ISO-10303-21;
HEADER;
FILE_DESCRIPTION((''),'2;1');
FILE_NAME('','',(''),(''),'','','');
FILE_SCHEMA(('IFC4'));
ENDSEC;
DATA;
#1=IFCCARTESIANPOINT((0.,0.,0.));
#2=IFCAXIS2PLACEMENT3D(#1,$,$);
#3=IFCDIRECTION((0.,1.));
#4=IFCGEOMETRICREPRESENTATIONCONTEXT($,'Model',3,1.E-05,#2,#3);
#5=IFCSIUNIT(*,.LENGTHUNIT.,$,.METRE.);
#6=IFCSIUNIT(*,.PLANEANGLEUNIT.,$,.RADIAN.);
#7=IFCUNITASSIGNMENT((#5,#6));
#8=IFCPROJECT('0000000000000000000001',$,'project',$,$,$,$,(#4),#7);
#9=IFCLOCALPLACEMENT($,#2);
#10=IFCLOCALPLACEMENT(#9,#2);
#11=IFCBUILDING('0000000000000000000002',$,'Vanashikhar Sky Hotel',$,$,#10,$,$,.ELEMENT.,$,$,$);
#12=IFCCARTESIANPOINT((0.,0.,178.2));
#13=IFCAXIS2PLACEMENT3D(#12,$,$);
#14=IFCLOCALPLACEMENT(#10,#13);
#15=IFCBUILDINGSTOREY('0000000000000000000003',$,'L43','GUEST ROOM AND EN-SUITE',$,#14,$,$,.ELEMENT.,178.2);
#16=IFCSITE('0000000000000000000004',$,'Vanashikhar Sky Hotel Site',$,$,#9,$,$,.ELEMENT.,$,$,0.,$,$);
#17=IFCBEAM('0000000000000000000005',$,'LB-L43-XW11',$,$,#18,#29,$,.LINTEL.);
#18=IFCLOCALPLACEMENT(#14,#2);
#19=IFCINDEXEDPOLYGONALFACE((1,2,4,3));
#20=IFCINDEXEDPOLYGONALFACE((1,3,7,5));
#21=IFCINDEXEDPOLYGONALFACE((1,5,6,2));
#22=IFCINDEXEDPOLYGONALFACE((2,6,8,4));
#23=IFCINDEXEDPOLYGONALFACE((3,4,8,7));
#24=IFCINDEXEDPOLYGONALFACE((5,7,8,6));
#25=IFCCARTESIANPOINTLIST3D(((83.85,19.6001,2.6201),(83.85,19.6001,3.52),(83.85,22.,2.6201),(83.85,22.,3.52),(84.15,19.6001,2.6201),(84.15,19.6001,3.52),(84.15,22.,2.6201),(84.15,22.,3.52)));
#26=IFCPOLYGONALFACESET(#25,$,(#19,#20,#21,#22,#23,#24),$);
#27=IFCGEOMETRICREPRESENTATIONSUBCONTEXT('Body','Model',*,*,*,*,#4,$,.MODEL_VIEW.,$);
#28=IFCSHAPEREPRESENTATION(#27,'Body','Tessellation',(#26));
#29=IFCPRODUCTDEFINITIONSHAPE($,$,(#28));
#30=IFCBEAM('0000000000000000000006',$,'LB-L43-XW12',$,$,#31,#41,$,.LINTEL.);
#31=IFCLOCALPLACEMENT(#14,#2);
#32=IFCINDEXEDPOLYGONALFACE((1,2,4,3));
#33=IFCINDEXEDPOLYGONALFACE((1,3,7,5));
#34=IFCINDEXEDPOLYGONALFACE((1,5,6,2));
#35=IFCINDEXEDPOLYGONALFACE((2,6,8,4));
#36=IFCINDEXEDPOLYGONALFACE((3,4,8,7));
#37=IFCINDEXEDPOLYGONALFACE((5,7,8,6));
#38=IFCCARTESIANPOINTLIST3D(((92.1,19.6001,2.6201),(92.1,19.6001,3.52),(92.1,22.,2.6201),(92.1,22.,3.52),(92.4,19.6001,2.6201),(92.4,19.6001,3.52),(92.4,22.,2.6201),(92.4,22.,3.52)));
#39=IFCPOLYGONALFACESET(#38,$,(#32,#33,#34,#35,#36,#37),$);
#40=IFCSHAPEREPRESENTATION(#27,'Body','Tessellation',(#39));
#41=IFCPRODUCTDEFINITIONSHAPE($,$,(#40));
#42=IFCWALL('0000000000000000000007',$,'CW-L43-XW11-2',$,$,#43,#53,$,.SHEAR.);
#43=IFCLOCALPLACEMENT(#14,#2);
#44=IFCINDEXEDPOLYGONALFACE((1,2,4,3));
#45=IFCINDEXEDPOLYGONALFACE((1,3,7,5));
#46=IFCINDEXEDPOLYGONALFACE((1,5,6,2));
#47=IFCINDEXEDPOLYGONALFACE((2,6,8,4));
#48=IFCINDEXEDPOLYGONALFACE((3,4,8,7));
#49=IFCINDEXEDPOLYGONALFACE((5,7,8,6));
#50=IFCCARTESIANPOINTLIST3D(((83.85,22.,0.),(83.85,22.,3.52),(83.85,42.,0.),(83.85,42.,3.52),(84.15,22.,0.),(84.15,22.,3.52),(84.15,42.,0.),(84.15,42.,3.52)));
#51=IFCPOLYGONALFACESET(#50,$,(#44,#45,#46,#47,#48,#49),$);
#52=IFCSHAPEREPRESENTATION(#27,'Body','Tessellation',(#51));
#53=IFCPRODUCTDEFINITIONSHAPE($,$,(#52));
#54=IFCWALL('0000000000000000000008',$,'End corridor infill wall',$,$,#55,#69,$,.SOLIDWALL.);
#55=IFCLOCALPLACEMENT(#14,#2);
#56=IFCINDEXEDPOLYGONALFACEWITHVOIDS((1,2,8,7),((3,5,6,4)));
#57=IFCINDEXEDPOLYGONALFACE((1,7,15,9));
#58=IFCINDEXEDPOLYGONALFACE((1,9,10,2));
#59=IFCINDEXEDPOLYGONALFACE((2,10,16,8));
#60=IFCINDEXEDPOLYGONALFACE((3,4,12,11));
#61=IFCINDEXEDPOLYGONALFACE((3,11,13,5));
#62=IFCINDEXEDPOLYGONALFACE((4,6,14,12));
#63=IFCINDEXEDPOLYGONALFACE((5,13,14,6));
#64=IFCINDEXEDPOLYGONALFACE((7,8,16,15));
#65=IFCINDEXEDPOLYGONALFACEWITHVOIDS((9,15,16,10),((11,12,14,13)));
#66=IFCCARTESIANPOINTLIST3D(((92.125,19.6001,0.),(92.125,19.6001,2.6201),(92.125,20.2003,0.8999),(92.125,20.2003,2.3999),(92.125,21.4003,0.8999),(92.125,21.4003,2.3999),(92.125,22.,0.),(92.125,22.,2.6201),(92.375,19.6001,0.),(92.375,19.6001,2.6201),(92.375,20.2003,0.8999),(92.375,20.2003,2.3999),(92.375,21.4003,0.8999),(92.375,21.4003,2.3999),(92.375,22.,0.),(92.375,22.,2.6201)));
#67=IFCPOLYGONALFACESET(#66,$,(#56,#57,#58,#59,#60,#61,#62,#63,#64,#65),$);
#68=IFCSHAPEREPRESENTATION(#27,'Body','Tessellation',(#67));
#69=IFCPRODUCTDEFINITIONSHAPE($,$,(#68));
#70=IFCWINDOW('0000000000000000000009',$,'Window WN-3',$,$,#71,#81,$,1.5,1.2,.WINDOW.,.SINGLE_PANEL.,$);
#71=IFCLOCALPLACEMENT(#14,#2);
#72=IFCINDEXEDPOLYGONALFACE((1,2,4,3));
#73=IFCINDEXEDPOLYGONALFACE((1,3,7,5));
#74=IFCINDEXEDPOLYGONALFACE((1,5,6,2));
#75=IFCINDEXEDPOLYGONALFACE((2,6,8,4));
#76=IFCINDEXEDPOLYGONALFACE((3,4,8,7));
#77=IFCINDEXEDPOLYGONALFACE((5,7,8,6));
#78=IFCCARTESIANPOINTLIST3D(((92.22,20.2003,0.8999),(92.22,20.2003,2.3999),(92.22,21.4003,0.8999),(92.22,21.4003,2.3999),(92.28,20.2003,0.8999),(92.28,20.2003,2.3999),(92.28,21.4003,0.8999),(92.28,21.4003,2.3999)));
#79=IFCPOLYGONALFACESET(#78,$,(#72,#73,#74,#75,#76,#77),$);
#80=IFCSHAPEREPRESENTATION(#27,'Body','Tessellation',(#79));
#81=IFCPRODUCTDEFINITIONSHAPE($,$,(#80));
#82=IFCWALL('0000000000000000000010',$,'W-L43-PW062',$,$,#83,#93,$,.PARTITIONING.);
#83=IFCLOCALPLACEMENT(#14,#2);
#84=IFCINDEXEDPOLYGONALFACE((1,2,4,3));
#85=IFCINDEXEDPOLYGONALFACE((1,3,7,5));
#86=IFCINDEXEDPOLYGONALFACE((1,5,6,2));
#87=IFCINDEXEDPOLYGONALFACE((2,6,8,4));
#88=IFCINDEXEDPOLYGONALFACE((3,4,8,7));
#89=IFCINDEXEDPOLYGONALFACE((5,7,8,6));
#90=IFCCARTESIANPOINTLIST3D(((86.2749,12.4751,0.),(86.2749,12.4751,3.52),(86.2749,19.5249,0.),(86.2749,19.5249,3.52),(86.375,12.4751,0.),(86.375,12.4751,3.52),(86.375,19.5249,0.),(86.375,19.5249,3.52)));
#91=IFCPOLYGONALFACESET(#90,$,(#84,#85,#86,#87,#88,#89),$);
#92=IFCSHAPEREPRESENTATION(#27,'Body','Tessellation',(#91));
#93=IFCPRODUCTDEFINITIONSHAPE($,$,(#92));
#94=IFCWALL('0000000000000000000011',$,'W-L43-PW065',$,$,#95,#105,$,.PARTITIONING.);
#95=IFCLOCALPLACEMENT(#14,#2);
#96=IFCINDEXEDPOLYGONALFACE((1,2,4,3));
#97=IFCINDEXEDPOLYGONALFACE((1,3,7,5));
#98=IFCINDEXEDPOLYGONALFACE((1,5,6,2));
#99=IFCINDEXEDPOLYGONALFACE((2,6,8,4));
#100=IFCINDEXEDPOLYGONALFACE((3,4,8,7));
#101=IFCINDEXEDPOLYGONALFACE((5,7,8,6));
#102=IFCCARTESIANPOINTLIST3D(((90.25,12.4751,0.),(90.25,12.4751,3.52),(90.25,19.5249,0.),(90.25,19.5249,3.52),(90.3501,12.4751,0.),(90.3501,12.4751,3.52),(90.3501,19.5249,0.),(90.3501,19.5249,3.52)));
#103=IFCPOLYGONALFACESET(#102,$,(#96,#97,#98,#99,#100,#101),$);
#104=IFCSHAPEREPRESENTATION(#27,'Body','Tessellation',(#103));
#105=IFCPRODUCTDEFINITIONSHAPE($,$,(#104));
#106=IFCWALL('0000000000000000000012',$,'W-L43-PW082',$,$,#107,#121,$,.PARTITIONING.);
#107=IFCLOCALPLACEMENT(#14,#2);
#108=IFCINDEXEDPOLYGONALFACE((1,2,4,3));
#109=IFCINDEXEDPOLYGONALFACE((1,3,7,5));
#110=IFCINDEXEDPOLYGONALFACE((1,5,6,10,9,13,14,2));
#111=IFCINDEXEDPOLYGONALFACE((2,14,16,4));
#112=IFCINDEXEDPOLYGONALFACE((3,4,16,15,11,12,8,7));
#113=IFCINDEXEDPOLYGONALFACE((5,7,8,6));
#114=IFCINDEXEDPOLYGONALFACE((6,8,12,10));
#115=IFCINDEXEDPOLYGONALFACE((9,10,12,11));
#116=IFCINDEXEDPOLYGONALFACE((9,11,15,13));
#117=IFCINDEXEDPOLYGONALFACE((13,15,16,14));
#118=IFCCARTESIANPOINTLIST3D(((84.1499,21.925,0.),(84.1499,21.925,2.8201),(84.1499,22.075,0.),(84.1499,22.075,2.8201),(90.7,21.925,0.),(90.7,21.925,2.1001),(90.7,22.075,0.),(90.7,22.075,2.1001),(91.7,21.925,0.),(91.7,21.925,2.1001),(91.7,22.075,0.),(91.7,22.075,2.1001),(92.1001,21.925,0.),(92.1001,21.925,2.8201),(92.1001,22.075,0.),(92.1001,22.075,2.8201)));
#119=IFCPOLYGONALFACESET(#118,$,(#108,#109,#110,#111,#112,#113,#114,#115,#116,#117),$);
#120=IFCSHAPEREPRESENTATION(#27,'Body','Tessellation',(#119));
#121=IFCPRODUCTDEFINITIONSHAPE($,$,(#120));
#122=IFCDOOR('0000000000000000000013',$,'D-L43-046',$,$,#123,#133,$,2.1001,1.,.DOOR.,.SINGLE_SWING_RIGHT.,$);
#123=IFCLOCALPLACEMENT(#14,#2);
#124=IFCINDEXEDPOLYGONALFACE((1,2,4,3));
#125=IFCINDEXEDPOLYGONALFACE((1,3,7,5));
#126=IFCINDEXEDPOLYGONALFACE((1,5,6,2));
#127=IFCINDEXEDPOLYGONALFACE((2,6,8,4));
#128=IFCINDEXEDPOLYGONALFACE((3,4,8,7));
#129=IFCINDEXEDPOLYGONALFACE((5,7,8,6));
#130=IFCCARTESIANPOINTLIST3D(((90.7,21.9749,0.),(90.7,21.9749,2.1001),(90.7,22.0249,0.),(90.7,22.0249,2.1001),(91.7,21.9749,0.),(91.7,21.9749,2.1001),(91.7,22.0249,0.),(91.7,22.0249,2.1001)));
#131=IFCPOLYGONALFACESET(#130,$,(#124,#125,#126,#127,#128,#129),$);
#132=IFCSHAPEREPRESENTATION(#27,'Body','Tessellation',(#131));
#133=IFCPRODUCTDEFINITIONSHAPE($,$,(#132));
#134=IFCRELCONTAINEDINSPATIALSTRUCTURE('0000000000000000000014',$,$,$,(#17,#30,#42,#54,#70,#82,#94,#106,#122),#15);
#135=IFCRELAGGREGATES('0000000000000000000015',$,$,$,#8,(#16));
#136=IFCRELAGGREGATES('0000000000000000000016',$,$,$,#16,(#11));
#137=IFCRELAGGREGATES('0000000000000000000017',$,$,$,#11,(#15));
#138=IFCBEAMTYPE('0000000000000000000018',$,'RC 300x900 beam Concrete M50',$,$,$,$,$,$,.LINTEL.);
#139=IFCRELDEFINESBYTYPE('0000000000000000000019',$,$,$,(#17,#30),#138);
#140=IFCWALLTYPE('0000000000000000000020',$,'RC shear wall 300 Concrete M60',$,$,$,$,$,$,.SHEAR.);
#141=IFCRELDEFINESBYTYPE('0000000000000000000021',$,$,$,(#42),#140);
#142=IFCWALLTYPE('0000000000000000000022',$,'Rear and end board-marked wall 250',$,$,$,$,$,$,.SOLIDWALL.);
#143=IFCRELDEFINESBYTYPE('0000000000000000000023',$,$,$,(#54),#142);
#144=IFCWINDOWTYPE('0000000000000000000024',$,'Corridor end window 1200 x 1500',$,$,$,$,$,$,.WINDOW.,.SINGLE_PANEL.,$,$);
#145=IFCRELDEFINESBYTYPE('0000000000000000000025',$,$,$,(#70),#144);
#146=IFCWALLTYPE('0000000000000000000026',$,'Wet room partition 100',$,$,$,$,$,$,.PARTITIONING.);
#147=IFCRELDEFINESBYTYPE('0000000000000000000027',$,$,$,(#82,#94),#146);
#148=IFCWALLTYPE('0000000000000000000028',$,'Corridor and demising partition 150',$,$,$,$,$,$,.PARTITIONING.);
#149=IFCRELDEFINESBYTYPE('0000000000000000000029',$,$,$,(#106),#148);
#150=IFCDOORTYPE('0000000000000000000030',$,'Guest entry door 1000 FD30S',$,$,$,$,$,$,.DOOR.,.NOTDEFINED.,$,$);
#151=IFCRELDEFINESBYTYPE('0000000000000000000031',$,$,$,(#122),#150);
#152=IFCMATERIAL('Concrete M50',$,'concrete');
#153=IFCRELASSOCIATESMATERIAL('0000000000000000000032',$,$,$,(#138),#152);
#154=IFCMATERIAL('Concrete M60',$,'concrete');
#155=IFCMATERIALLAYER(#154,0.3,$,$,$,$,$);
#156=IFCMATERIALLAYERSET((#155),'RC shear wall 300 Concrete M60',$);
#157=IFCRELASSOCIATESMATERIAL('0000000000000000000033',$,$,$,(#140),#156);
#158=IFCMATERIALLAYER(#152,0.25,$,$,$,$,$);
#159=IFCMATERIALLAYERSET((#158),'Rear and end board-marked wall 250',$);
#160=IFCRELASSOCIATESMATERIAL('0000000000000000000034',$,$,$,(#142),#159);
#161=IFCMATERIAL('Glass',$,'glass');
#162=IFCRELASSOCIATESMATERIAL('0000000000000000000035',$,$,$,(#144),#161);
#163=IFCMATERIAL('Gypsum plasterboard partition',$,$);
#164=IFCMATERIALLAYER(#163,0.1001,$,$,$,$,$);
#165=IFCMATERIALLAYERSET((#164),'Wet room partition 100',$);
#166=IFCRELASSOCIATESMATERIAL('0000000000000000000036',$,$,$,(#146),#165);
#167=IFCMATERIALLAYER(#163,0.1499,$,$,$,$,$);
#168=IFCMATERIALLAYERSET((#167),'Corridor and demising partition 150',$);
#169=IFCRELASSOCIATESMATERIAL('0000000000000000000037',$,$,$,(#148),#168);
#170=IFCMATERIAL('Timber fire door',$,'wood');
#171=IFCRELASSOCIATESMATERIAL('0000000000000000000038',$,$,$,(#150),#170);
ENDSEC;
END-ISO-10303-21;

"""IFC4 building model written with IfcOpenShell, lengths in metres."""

from ifc_helpers import new_model, si_unit, direction, frame, frame_2d, origin, origin_2d, place, context, subcontext, project, spatial, rectangle, extrude, source, transform, mapped, material, layer, layer_set, material_profile, profile_set, type_object, element, fill, save


model = new_model("IFC4")

# Units and contexts
model_context = context("Model", 3, precision=1e-05, world=origin(), true_north=direction((0.0, 1.0)))
body_context = subcontext(model_context, "Body", "Model", "MODEL_VIEW")
ifc_project = project(units=[si_unit("LENGTHUNIT", "METRE"), si_unit("PLANEANGLEUNIT", "RADIAN")], contexts=[model_context])

# Site, building, storey
site_placement = place(None, origin())
site = spatial("IfcSite", under=ifc_project, at=site_placement, Name="Vanashikhar Sky Hotel Site", CompositionType="ELEMENT", RefElevation=0.0)
building_placement = place(site_placement, origin())
building = spatial("IfcBuilding", under=site, at=building_placement, Name="Vanashikhar Sky Hotel", CompositionType="ELEMENT")
storey_placement = place(building_placement, frame((0.0, 0.0, 178.2)))
storey = spatial("IfcBuildingStorey", under=building, at=storey_placement, Name="L43", Description="GUEST ROOM AND EN-SUITE", CompositionType="ELEMENT", Elevation=178.2)

# Beams
ifc_material_1 = material(Name="Concrete M50", Category="concrete")
ifc_material_profile = material_profile(ifc_material_1, rectangle(XDim=0.3, YDim=0.8999, at=origin_2d()))
ifc_profile_set = profile_set([ifc_material_profile], Name="RC 300x900 beam Concrete M50")
beam_type = type_object("IfcBeamType", Name="RC 300x900 beam Concrete M50", PredefinedType="LINTEL", material=ifc_profile_set)
shared_shape_1 = source(origin(), body_context, "Body", "SweptSolid", [
    extrude(rectangle(XDim=0.3, YDim=0.8999, at=origin_2d()), origin(), (0.0, 0.0, 1.0), 2.3999),
])
for number, where, z_axis, x_axis, name in (
    (1, (84.0, 19.6001, 3.0701), (0.0, 1.0, 0.0), (-1.0, 0.0, 0.0), "LB-L43-XW11"),
    (2, (92.25, 19.6001, 3.0701), (0.0, 1.0, 0.0), (-1.0, 0.0, 0.0), "LB-L43-XW12"),
):
    element("IfcBeam", number, at=place(storey_placement, frame(where, z_axis=z_axis, x_axis=x_axis)), inside=storey, type_object=beam_type, Name=name, PredefinedType="LINTEL", context=body_context, shape_type="MappedRepresentation", body=[
        mapped(shared_shape_1, transform((0.0, 0.0, 0.0), scale=1.0)),
    ])

# Wall
ifc_material_2 = material(Name="Concrete M60", Category="concrete")
ifc_layer_1 = layer(ifc_material_2, 0.3)
ifc_layer_set_1 = layer_set([ifc_layer_1], Name="RC shear wall 300 Concrete M60")
wall_type_1 = type_object("IfcWallType", Name="RC shear wall 300 Concrete M60", PredefinedType="SHEAR", material=ifc_layer_set_1)
shared_shape_2 = source(origin(), body_context, "Body", "SweptSolid", [
    extrude(rectangle(XDim=20.0, YDim=0.3, at=frame_2d((10.0, 0.0))), origin(), (0.0, 0.0, 1.0), 3.52),
])
wall_1_placement = place(storey_placement, frame((84.0, 22.0, 0.0), z_axis=(0.0, 0.0, 1.0), x_axis=(0.0, 1.0, 0.0)))
element("IfcWall", 3, at=wall_1_placement, inside=storey, type_object=wall_type_1, Name="CW-L43-XW11-2", PredefinedType="SHEAR", context=body_context, shape_type="MappedRepresentation", body=[
    mapped(shared_shape_2, transform((0.0, 0.0, 0.0), scale=1.0)),
])

# Wall, opening, window
ifc_layer_2 = layer(ifc_material_1, 0.25)
ifc_layer_set_2 = layer_set([ifc_layer_2], Name="Rear and end board-marked wall 250")
wall_type_2 = type_object("IfcWallType", Name="Rear and end board-marked wall 250", PredefinedType="SOLIDWALL", material=ifc_layer_set_2)
shared_shape_3 = source(origin(), body_context, "Body", "SweptSolid", [
    extrude(rectangle(XDim=2.3999, YDim=0.25, at=frame_2d((1.2, 0.0))), origin(), (0.0, 0.0, 1.0), 2.6201),
])
wall_2_placement = place(storey_placement, frame((92.25, 19.6001, 0.0), z_axis=(0.0, 0.0, 1.0), x_axis=(0.0, 1.0, 0.0)))
wall_2 = element("IfcWall", 4, at=wall_2_placement, inside=storey, type_object=wall_type_2, Name="End corridor infill wall", PredefinedType="SOLIDWALL", context=body_context, shape_type="MappedRepresentation", body=[
    mapped(shared_shape_3, transform((0.0, 0.0, 0.0), scale=1.0)),
])
shared_shape_4 = source(origin(), body_context, "Body", "SweptSolid", [
    extrude(rectangle(XDim=1.2, YDim=1.5, at=frame_2d((0.6001, 0.75))), frame((0.0, 0.135, 0.0), z_axis=(0.0, -1.0, 0.0), x_axis=(1.0, 0.0, 0.0)), (0.0, 0.0, 1.0), 0.27),
])
opening_1_placement = place(wall_2_placement, frame((0.6001, 0.0, 0.8999)))
opening_1 = element("IfcOpeningElement", 5, at=opening_1_placement, cuts=wall_2, PredefinedType="OPENING", context=body_context, shape_type="MappedRepresentation", body=[
    mapped(shared_shape_4, transform((0.0, 0.0, 0.0), scale=1.0)),
])
ifc_material_3 = material(Name="Glass", Category="glass")
window_type = type_object("IfcWindowType", Name="Corridor end window 1200 x 1500", PartitioningType="SINGLE_PANEL", PredefinedType="WINDOW", material=ifc_material_3)
shared_shape_5 = source(origin(), body_context, "Body", "SweptSolid", [
    extrude(rectangle(XDim=1.2, YDim=1.5, at=frame_2d((0.6001, 0.75))), frame((0.0, 0.03, 0.0), z_axis=(0.0, -1.0, 0.0), x_axis=(1.0, 0.0, 0.0)), (0.0, 0.0, 1.0), 0.0601),
])
window_placement = place(opening_1_placement, origin())
window = element("IfcWindow", 6, at=window_placement, inside=storey, type_object=window_type, Name="Window WN-3", OverallHeight=1.5, OverallWidth=1.2, PartitioningType="SINGLE_PANEL", PredefinedType="WINDOW", context=body_context, shape_type="MappedRepresentation", body=[
    mapped(shared_shape_5, transform((0.0, 0.0, 0.0), scale=1.0)),
])
fill(opening_1, window)

# Walls
ifc_material_4 = material(Name="Gypsum plasterboard partition")
ifc_layer_3 = layer(ifc_material_4, 0.1001)
ifc_layer_set_3 = layer_set([ifc_layer_3], Name="Wet room partition 100")
wall_type_3 = type_object("IfcWallType", Name="Wet room partition 100", PredefinedType="PARTITIONING", material=ifc_layer_set_3)
shared_shape_6 = source(origin(), body_context, "Body", "SweptSolid", [
    extrude(rectangle(XDim=7.0498, YDim=0.1001, at=frame_2d((3.5249, 0.0))), origin(), (0.0, 0.0, 1.0), 3.52),
])
for number, where, z_axis, x_axis, name in (
    (7, (86.325, 12.4751, 0.0), (0.0, 0.0, 1.0), (0.0, 1.0, 0.0), "W-L43-PW062"),
    (8, (90.3, 12.4751, 0.0), (0.0, 0.0, 1.0), (0.0, 1.0, 0.0), "W-L43-PW065"),
):
    element("IfcWall", number, at=place(storey_placement, frame(where, z_axis=z_axis, x_axis=x_axis)), inside=storey, type_object=wall_type_3, Name=name, PredefinedType="PARTITIONING", context=body_context, shape_type="MappedRepresentation", body=[
        mapped(shared_shape_6, transform((0.0, 0.0, 0.0), scale=1.0)),
    ])

# Wall, opening, door
ifc_layer_4 = layer(ifc_material_4, 0.1499)
ifc_layer_set_4 = layer_set([ifc_layer_4], Name="Corridor and demising partition 150")
wall_type_4 = type_object("IfcWallType", Name="Corridor and demising partition 150", PredefinedType="PARTITIONING", material=ifc_layer_set_4)
shared_shape_7 = source(origin(), body_context, "Body", "SweptSolid", [
    extrude(rectangle(XDim=7.9502, YDim=0.1499, at=frame_2d((3.9751, 0.0))), origin(), (0.0, 0.0, 1.0), 2.8201),
])
wall_3_placement = place(storey_placement, frame((84.1499, 22.0, 0.0), z_axis=(0.0, 0.0, 1.0), x_axis=(1.0, 0.0, 0.0)))
wall_3 = element("IfcWall", 9, at=wall_3_placement, inside=storey, type_object=wall_type_4, Name="W-L43-PW082", PredefinedType="PARTITIONING", context=body_context, shape_type="MappedRepresentation", body=[
    mapped(shared_shape_7, transform((0.0, 0.0, 0.0), scale=1.0)),
])
shared_shape_8 = source(origin(), body_context, "Body", "SweptSolid", [
    extrude(rectangle(XDim=1.0, YDim=2.1001, at=frame_2d((0.5, 1.05))), frame((0.0, 0.085, 0.0), z_axis=(0.0, -1.0, 0.0), x_axis=(1.0, 0.0, 0.0)), (0.0, 0.0, 1.0), 0.1699),
])
opening_2_placement = place(wall_3_placement, frame((6.55, 0.0, 0.0)))
opening_2 = element("IfcOpeningElement", 10, at=opening_2_placement, cuts=wall_3, PredefinedType="OPENING", context=body_context, shape_type="MappedRepresentation", body=[
    mapped(shared_shape_8, transform((0.0, 0.0, 0.0), scale=1.0)),
])
ifc_material_5 = material(Name="Timber fire door", Category="wood")
door_type_1 = type_object("IfcDoorType", Name="Guest entry door 1000 FD30S", OperationType="NOTDEFINED", PredefinedType="DOOR", material=ifc_material_5)
shared_shape_9 = source(origin(), body_context, "Body", "SweptSolid", [
    extrude(rectangle(XDim=1.0, YDim=2.1001, at=frame_2d((0.5, 1.05))), frame((0.0, 0.0249, 0.0), z_axis=(0.0, -1.0, 0.0), x_axis=(1.0, 0.0, 0.0)), (0.0, 0.0, 1.0), 0.05),
])
door_1_placement = place(opening_2_placement, origin())
door_1 = element("IfcDoor", 11, at=door_1_placement, inside=storey, type_object=door_type_1, Name="D-L43-046", OperationType="SINGLE_SWING_RIGHT", OverallHeight=2.1001, OverallWidth=1.0, PredefinedType="DOOR", context=body_context, shape_type="MappedRepresentation", body=[
    mapped(shared_shape_9, transform((0.0, 0.0, 0.0), scale=1.0)),
])
fill(opening_2, door_1)

save(model, "model.ifc")
